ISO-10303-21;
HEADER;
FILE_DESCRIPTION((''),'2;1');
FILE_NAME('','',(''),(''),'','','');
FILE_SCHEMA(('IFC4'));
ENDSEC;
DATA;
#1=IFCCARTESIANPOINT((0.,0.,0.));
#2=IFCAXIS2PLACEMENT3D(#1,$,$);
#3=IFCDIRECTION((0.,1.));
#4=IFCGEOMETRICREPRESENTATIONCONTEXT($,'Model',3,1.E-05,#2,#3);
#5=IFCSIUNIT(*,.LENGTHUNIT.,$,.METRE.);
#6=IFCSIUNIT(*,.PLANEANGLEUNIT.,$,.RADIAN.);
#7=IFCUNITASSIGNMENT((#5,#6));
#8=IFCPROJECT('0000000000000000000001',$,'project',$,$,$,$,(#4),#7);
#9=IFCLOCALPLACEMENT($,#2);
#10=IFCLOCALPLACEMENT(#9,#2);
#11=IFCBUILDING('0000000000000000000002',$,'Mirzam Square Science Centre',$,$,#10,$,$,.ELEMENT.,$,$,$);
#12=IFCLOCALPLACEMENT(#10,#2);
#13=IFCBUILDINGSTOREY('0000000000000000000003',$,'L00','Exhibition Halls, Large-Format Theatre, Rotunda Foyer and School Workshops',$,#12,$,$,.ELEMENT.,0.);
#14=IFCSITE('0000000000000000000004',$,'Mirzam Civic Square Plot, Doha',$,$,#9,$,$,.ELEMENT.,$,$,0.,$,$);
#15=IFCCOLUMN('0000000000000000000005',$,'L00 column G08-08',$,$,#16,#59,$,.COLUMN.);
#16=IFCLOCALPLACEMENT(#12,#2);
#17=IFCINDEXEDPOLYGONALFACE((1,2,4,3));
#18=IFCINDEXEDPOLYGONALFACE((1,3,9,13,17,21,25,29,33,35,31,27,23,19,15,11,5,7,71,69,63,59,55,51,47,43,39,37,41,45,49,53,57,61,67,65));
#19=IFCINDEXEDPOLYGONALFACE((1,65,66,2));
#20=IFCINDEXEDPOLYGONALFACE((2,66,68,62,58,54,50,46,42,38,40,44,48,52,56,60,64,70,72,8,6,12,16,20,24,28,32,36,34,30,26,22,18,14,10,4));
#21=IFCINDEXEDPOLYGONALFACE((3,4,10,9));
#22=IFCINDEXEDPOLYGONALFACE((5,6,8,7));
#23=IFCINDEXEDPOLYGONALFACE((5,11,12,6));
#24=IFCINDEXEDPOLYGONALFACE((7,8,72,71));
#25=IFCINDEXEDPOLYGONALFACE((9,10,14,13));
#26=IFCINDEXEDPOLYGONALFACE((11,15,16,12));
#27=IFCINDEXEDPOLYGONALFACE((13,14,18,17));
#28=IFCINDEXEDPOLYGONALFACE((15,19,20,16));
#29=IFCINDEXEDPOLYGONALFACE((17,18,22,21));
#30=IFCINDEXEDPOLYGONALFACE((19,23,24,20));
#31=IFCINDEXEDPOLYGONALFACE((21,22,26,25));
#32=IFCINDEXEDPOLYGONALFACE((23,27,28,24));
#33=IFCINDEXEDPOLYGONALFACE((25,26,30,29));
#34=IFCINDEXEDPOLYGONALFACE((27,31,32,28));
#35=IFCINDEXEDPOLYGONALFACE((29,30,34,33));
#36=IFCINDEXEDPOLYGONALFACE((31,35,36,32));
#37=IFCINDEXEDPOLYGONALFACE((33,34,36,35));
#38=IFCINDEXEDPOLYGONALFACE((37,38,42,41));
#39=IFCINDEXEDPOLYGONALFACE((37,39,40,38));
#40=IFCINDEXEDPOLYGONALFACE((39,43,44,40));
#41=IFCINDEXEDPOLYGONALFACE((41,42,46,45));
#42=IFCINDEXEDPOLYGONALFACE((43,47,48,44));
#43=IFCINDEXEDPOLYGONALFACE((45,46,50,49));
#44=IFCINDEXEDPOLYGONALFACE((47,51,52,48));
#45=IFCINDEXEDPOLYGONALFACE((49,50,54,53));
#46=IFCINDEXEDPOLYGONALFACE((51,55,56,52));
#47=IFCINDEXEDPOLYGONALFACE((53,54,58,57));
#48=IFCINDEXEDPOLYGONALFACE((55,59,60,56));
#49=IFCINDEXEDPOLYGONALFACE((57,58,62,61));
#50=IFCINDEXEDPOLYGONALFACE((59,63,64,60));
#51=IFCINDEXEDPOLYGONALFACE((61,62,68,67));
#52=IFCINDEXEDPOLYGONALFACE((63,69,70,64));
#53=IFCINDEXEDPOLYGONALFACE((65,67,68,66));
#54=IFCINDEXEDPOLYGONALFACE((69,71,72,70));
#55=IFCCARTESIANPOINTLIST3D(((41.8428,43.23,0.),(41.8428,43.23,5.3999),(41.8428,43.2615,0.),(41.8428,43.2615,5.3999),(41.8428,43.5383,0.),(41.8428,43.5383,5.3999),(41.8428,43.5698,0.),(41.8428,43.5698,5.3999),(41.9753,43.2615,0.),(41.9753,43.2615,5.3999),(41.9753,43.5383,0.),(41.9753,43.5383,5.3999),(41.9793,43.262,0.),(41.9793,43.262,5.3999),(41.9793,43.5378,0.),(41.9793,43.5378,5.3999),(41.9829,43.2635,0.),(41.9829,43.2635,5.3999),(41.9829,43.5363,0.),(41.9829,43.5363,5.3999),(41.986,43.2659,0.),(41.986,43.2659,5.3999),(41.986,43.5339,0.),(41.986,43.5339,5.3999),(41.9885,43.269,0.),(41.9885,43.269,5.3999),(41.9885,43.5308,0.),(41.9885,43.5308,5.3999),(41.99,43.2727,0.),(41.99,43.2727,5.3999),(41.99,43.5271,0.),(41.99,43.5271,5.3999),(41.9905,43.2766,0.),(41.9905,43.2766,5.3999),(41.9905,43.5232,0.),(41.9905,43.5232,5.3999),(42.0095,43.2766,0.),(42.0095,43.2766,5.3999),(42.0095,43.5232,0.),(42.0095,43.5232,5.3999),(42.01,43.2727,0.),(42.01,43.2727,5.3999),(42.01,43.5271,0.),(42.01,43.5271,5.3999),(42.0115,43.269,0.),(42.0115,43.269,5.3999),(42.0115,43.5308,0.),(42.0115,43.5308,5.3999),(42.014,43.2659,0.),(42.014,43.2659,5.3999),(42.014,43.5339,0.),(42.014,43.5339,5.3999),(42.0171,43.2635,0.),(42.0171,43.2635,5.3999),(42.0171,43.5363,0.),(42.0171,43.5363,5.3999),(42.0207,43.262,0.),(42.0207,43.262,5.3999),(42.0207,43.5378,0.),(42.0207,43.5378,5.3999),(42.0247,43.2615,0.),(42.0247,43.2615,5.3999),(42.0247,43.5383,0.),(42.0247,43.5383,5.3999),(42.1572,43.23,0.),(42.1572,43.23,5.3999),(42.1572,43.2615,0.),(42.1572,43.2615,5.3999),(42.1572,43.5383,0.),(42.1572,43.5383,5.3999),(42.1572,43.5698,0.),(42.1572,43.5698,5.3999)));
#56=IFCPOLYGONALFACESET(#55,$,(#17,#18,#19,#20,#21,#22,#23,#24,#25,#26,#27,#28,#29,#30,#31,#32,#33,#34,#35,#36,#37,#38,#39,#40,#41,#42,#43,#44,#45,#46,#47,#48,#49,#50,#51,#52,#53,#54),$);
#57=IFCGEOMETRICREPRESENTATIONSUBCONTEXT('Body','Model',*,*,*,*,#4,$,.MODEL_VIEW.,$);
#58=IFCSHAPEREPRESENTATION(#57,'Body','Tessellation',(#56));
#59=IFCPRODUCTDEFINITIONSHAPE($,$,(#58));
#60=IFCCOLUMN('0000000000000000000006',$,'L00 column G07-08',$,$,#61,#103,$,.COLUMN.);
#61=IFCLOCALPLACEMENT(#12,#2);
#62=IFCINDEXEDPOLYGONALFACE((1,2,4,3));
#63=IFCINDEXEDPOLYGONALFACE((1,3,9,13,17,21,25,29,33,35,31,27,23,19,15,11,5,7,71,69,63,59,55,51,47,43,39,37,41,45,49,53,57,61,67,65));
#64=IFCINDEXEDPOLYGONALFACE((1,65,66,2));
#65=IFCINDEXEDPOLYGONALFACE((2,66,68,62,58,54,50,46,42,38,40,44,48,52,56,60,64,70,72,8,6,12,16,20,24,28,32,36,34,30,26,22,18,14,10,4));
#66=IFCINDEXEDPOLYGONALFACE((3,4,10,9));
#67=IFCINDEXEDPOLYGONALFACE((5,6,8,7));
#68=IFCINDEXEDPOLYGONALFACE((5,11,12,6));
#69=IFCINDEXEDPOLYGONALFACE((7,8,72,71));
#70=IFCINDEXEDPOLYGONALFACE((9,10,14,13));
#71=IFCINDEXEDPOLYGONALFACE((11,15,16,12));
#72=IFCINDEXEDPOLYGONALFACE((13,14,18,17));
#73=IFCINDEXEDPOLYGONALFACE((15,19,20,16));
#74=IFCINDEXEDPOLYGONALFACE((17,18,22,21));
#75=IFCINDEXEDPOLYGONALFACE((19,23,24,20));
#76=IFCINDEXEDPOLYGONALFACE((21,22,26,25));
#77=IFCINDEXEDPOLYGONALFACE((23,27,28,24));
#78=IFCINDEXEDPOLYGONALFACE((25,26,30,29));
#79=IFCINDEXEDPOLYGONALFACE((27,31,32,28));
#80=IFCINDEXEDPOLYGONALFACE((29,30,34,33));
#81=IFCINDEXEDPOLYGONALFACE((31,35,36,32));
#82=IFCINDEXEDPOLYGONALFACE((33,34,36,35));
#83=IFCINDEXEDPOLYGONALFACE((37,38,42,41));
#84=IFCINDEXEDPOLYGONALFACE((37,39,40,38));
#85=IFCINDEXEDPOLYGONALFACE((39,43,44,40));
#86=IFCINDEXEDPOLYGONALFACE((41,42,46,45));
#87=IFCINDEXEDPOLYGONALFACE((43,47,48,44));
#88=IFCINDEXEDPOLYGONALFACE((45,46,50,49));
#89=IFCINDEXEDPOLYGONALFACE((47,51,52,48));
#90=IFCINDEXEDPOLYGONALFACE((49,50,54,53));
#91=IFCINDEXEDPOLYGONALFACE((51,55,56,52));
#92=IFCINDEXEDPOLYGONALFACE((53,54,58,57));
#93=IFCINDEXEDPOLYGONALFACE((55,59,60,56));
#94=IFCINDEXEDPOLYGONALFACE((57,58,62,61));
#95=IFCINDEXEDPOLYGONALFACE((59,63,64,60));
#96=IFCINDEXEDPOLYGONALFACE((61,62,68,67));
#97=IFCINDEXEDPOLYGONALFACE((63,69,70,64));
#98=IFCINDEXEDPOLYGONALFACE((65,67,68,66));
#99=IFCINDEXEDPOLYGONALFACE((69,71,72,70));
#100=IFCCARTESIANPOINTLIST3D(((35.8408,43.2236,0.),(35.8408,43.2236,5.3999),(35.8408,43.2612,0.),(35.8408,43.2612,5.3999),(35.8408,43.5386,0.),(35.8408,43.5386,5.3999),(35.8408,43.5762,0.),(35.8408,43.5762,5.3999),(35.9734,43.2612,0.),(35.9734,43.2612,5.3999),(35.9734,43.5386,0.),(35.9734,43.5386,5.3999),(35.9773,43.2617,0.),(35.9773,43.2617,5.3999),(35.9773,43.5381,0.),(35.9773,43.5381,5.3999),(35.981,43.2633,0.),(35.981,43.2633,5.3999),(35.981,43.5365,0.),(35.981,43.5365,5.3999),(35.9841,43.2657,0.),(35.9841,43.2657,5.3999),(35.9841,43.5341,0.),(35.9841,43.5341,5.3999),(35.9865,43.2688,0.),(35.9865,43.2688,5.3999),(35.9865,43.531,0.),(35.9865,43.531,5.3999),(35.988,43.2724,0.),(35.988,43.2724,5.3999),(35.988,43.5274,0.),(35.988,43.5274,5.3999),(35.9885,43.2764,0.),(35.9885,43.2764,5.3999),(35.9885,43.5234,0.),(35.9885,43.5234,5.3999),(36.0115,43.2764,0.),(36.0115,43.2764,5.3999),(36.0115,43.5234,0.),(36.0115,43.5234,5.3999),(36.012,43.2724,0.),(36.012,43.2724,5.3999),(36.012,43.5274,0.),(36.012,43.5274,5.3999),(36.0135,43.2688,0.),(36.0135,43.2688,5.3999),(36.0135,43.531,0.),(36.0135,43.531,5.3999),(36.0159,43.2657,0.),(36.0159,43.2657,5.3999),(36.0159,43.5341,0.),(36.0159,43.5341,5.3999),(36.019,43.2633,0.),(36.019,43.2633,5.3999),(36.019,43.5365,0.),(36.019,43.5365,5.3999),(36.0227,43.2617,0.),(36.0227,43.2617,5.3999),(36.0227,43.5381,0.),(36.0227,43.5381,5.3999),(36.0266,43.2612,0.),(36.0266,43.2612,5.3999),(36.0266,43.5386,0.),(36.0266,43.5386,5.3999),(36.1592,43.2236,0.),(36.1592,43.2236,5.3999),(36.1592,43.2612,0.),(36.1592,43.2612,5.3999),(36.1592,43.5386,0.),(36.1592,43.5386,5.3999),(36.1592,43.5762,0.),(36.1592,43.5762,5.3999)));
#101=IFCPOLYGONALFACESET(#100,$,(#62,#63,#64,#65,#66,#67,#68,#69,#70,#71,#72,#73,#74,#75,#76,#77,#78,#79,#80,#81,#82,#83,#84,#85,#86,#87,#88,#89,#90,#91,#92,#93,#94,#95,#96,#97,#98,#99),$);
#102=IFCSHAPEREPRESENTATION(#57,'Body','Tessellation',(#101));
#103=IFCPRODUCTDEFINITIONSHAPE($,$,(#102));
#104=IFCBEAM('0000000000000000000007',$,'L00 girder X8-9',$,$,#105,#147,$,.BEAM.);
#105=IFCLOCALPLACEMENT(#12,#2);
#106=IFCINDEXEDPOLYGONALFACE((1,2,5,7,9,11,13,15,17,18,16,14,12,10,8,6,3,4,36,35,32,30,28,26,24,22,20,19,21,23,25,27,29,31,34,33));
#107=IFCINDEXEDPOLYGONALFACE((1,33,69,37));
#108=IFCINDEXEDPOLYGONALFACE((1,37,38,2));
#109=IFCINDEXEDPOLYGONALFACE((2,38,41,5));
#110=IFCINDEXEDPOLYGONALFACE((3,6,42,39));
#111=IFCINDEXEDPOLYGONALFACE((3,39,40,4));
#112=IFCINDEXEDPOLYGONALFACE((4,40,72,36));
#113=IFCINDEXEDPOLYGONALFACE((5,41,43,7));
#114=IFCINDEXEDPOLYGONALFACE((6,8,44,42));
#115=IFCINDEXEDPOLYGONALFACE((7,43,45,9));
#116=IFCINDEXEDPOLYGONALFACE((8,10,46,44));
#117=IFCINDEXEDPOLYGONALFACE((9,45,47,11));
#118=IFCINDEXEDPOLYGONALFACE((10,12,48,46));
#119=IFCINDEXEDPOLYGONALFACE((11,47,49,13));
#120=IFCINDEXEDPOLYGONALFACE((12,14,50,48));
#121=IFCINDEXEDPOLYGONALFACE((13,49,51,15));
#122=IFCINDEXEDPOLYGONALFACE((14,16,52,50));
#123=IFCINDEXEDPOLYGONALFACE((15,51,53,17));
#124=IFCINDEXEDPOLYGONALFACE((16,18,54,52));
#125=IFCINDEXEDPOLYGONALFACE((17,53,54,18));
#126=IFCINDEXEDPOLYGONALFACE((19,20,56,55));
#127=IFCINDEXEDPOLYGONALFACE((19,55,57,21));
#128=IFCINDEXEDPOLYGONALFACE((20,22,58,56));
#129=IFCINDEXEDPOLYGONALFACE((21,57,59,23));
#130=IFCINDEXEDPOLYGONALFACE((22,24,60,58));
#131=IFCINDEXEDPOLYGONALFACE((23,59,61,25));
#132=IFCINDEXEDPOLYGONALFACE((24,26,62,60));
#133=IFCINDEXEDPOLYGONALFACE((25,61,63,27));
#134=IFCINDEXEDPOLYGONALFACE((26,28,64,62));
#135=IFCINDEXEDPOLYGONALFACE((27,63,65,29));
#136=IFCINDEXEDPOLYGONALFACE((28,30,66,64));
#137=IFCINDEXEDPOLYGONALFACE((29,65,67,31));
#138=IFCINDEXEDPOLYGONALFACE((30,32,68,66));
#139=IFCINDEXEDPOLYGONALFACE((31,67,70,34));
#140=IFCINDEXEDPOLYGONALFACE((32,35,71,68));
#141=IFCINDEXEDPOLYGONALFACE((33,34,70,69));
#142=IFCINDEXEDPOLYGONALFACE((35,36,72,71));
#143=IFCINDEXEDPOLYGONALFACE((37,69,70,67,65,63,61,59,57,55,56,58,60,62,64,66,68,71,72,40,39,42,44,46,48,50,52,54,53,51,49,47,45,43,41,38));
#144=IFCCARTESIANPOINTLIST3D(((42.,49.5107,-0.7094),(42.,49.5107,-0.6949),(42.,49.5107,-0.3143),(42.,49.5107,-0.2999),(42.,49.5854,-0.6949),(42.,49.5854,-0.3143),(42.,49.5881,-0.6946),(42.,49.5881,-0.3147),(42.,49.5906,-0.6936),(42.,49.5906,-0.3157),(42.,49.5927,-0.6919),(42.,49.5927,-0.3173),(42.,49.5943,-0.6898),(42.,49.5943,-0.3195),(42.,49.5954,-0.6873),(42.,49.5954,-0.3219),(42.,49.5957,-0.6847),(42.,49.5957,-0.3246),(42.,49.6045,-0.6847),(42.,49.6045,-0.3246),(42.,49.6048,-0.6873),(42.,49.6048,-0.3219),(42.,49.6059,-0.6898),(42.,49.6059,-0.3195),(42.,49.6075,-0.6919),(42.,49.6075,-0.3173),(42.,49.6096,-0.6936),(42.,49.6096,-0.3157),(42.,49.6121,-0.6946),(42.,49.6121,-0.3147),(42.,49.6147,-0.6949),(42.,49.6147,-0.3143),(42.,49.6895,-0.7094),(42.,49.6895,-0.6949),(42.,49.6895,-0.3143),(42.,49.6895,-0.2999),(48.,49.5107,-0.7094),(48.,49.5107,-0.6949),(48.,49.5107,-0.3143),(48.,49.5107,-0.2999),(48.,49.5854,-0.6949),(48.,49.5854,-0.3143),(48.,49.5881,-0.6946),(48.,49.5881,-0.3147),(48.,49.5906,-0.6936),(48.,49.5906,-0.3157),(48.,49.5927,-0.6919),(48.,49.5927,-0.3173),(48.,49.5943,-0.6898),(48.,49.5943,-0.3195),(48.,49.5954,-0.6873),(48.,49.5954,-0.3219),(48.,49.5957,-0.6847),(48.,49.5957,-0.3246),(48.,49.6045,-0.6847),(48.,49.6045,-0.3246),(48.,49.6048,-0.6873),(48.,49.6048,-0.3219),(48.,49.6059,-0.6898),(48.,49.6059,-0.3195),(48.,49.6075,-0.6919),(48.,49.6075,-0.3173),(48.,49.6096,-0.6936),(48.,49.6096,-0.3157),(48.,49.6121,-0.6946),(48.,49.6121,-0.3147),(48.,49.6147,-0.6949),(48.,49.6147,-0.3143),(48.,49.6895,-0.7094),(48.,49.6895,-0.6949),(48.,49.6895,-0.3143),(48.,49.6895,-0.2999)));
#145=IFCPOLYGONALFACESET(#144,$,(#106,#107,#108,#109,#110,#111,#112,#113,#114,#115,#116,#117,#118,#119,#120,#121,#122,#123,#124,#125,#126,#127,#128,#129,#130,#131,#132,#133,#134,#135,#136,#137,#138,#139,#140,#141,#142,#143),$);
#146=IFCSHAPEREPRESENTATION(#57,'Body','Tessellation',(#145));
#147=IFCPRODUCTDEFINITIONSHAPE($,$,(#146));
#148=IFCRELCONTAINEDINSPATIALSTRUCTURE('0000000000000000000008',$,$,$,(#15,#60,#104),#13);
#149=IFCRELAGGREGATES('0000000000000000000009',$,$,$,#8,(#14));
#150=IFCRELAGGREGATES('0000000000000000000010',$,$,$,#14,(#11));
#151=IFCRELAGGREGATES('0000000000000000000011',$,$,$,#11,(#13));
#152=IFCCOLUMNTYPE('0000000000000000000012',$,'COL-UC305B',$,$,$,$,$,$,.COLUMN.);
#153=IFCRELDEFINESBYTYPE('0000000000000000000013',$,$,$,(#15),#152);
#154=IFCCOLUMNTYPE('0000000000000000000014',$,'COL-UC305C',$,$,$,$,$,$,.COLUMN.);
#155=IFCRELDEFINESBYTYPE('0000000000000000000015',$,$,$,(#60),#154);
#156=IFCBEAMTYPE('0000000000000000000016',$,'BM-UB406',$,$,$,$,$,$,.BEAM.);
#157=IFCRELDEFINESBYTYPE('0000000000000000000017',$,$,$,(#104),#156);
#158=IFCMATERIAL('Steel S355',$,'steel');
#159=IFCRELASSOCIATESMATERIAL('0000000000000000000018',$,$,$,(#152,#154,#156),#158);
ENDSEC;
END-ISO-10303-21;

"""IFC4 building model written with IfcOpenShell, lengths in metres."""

from ifc_helpers import new_model, si_unit, direction, frame, origin, origin_2d, place, context, subcontext, project, spatial, i_section, extrude, material, material_profile, profile_set, type_object, element, save


model = new_model("IFC4")

# Units and contexts
model_context = context("Model", 3, precision=1e-05, world=origin(), true_north=direction((0.0, 1.0)))
body_context = subcontext(model_context, "Body", "Model", "MODEL_VIEW")
ifc_project = project(units=[si_unit("LENGTHUNIT", "METRE"), si_unit("PLANEANGLEUNIT", "RADIAN")], contexts=[model_context])

# Site, building, storey
site_placement = place(None, origin())
site = spatial("IfcSite", under=ifc_project, at=site_placement, Name="Mirzam Civic Square Plot, Doha", CompositionType="ELEMENT", RefElevation=0.0)
building_placement = place(site_placement, origin())
building = spatial("IfcBuilding", under=site, at=building_placement, Name="Mirzam Square Science Centre", CompositionType="ELEMENT")
storey_placement = place(building_placement, origin())
storey = spatial("IfcBuildingStorey", under=building, at=storey_placement, Name="L00", Description="Exhibition Halls, Large-Format Theatre, Rotunda Foyer and School Workshops", CompositionType="ELEMENT", Elevation=0.0)

# Columns
ifc_material_1 = material(Name="Steel S355", Category="steel")
ifc_material_profile_1 = material_profile(ifc_material_1, i_section(OverallWidth=0.3145, OverallDepth=0.3398, WebThickness=0.019, FlangeThickness=0.0315, FilletRadius=0.0151, at=origin_2d()), Name="305x305x198UC")
ifc_profile_set_1 = profile_set([ifc_material_profile_1], Name="Steel S355")
column_type_1 = type_object("IfcColumnType", Name="COL-UC305B", PredefinedType="COLUMN", material=ifc_profile_set_1)
for number, where, z_axis, x_axis, name in (
    (1, (42.0, 43.3999, 0.0), (0.0, 0.0, 1.0), (1.0, 0.0, 0.0), "L00 column G08-08"),
):
    element("IfcColumn", number, at=place(storey_placement, frame(where, z_axis=z_axis, x_axis=x_axis)), inside=storey, type_object=column_type_1, Name=name, PredefinedType="COLUMN", context=body_context, shape_type="SweptSolid", body=[
        extrude(i_section(OverallWidth=0.3145, OverallDepth=0.3398, WebThickness=0.019, FlangeThickness=0.0315, FilletRadius=0.0151, at=origin_2d()), origin(), (0.0, 0.0, 1.0), 5.3999),
    ])
ifc_material_profile_2 = material_profile(ifc_material_1, i_section(OverallWidth=0.3184, OverallDepth=0.3525, WebThickness=0.0229, FlangeThickness=0.0376, FilletRadius=0.0151, at=origin_2d()), Name="305x305x240UC")
ifc_profile_set_2 = profile_set([ifc_material_profile_2], Name="Steel S355")
column_type_2 = type_object("IfcColumnType", Name="COL-UC305C", PredefinedType="COLUMN", material=ifc_profile_set_2)
column_placement = place(storey_placement, frame((36.0, 43.3999, 0.0), z_axis=(0.0, 0.0, 1.0), x_axis=(1.0, 0.0, 0.0)))
element("IfcColumn", 2, at=column_placement, inside=storey, type_object=column_type_2, Name="L00 column G07-08", PredefinedType="COLUMN", context=body_context, shape_type="SweptSolid", body=[
    extrude(i_section(OverallWidth=0.3184, OverallDepth=0.3525, WebThickness=0.0229, FlangeThickness=0.0376, FilletRadius=0.0151, at=origin_2d()), origin(), (0.0, 0.0, 1.0), 5.3999),
])

# Beam
ifc_material_profile_3 = material_profile(ifc_material_1, i_section(OverallWidth=0.1787, OverallDepth=0.4094, WebThickness=0.0088, FlangeThickness=0.0144, FilletRadius=0.0103, at=origin_2d()), Name="406x178x67UB")
ifc_profile_set_3 = profile_set([ifc_material_profile_3], Name="Steel S355")
beam_type_1 = type_object("IfcBeamType", Name="BM-UB406", PredefinedType="BEAM", material=ifc_profile_set_3)
beam_1_placement = place(storey_placement, frame((42.0, 49.6001, -0.5046), z_axis=(1.0, 0.0, 0.0), x_axis=(0.0, 1.0, 0.0)))
element("IfcBeam", 3, at=beam_1_placement, inside=storey, type_object=beam_type_1, Name="L00 girder X8-9", PredefinedType="BEAM", context=body_context, shape_type="SweptSolid", body=[
    extrude(i_section(OverallWidth=0.1787, OverallDepth=0.4094, WebThickness=0.0088, FlangeThickness=0.0144, FilletRadius=0.0103, at=origin_2d()), origin(), (0.0, 0.0, 1.0), 6.0),
])

save(model, "model.ifc")
